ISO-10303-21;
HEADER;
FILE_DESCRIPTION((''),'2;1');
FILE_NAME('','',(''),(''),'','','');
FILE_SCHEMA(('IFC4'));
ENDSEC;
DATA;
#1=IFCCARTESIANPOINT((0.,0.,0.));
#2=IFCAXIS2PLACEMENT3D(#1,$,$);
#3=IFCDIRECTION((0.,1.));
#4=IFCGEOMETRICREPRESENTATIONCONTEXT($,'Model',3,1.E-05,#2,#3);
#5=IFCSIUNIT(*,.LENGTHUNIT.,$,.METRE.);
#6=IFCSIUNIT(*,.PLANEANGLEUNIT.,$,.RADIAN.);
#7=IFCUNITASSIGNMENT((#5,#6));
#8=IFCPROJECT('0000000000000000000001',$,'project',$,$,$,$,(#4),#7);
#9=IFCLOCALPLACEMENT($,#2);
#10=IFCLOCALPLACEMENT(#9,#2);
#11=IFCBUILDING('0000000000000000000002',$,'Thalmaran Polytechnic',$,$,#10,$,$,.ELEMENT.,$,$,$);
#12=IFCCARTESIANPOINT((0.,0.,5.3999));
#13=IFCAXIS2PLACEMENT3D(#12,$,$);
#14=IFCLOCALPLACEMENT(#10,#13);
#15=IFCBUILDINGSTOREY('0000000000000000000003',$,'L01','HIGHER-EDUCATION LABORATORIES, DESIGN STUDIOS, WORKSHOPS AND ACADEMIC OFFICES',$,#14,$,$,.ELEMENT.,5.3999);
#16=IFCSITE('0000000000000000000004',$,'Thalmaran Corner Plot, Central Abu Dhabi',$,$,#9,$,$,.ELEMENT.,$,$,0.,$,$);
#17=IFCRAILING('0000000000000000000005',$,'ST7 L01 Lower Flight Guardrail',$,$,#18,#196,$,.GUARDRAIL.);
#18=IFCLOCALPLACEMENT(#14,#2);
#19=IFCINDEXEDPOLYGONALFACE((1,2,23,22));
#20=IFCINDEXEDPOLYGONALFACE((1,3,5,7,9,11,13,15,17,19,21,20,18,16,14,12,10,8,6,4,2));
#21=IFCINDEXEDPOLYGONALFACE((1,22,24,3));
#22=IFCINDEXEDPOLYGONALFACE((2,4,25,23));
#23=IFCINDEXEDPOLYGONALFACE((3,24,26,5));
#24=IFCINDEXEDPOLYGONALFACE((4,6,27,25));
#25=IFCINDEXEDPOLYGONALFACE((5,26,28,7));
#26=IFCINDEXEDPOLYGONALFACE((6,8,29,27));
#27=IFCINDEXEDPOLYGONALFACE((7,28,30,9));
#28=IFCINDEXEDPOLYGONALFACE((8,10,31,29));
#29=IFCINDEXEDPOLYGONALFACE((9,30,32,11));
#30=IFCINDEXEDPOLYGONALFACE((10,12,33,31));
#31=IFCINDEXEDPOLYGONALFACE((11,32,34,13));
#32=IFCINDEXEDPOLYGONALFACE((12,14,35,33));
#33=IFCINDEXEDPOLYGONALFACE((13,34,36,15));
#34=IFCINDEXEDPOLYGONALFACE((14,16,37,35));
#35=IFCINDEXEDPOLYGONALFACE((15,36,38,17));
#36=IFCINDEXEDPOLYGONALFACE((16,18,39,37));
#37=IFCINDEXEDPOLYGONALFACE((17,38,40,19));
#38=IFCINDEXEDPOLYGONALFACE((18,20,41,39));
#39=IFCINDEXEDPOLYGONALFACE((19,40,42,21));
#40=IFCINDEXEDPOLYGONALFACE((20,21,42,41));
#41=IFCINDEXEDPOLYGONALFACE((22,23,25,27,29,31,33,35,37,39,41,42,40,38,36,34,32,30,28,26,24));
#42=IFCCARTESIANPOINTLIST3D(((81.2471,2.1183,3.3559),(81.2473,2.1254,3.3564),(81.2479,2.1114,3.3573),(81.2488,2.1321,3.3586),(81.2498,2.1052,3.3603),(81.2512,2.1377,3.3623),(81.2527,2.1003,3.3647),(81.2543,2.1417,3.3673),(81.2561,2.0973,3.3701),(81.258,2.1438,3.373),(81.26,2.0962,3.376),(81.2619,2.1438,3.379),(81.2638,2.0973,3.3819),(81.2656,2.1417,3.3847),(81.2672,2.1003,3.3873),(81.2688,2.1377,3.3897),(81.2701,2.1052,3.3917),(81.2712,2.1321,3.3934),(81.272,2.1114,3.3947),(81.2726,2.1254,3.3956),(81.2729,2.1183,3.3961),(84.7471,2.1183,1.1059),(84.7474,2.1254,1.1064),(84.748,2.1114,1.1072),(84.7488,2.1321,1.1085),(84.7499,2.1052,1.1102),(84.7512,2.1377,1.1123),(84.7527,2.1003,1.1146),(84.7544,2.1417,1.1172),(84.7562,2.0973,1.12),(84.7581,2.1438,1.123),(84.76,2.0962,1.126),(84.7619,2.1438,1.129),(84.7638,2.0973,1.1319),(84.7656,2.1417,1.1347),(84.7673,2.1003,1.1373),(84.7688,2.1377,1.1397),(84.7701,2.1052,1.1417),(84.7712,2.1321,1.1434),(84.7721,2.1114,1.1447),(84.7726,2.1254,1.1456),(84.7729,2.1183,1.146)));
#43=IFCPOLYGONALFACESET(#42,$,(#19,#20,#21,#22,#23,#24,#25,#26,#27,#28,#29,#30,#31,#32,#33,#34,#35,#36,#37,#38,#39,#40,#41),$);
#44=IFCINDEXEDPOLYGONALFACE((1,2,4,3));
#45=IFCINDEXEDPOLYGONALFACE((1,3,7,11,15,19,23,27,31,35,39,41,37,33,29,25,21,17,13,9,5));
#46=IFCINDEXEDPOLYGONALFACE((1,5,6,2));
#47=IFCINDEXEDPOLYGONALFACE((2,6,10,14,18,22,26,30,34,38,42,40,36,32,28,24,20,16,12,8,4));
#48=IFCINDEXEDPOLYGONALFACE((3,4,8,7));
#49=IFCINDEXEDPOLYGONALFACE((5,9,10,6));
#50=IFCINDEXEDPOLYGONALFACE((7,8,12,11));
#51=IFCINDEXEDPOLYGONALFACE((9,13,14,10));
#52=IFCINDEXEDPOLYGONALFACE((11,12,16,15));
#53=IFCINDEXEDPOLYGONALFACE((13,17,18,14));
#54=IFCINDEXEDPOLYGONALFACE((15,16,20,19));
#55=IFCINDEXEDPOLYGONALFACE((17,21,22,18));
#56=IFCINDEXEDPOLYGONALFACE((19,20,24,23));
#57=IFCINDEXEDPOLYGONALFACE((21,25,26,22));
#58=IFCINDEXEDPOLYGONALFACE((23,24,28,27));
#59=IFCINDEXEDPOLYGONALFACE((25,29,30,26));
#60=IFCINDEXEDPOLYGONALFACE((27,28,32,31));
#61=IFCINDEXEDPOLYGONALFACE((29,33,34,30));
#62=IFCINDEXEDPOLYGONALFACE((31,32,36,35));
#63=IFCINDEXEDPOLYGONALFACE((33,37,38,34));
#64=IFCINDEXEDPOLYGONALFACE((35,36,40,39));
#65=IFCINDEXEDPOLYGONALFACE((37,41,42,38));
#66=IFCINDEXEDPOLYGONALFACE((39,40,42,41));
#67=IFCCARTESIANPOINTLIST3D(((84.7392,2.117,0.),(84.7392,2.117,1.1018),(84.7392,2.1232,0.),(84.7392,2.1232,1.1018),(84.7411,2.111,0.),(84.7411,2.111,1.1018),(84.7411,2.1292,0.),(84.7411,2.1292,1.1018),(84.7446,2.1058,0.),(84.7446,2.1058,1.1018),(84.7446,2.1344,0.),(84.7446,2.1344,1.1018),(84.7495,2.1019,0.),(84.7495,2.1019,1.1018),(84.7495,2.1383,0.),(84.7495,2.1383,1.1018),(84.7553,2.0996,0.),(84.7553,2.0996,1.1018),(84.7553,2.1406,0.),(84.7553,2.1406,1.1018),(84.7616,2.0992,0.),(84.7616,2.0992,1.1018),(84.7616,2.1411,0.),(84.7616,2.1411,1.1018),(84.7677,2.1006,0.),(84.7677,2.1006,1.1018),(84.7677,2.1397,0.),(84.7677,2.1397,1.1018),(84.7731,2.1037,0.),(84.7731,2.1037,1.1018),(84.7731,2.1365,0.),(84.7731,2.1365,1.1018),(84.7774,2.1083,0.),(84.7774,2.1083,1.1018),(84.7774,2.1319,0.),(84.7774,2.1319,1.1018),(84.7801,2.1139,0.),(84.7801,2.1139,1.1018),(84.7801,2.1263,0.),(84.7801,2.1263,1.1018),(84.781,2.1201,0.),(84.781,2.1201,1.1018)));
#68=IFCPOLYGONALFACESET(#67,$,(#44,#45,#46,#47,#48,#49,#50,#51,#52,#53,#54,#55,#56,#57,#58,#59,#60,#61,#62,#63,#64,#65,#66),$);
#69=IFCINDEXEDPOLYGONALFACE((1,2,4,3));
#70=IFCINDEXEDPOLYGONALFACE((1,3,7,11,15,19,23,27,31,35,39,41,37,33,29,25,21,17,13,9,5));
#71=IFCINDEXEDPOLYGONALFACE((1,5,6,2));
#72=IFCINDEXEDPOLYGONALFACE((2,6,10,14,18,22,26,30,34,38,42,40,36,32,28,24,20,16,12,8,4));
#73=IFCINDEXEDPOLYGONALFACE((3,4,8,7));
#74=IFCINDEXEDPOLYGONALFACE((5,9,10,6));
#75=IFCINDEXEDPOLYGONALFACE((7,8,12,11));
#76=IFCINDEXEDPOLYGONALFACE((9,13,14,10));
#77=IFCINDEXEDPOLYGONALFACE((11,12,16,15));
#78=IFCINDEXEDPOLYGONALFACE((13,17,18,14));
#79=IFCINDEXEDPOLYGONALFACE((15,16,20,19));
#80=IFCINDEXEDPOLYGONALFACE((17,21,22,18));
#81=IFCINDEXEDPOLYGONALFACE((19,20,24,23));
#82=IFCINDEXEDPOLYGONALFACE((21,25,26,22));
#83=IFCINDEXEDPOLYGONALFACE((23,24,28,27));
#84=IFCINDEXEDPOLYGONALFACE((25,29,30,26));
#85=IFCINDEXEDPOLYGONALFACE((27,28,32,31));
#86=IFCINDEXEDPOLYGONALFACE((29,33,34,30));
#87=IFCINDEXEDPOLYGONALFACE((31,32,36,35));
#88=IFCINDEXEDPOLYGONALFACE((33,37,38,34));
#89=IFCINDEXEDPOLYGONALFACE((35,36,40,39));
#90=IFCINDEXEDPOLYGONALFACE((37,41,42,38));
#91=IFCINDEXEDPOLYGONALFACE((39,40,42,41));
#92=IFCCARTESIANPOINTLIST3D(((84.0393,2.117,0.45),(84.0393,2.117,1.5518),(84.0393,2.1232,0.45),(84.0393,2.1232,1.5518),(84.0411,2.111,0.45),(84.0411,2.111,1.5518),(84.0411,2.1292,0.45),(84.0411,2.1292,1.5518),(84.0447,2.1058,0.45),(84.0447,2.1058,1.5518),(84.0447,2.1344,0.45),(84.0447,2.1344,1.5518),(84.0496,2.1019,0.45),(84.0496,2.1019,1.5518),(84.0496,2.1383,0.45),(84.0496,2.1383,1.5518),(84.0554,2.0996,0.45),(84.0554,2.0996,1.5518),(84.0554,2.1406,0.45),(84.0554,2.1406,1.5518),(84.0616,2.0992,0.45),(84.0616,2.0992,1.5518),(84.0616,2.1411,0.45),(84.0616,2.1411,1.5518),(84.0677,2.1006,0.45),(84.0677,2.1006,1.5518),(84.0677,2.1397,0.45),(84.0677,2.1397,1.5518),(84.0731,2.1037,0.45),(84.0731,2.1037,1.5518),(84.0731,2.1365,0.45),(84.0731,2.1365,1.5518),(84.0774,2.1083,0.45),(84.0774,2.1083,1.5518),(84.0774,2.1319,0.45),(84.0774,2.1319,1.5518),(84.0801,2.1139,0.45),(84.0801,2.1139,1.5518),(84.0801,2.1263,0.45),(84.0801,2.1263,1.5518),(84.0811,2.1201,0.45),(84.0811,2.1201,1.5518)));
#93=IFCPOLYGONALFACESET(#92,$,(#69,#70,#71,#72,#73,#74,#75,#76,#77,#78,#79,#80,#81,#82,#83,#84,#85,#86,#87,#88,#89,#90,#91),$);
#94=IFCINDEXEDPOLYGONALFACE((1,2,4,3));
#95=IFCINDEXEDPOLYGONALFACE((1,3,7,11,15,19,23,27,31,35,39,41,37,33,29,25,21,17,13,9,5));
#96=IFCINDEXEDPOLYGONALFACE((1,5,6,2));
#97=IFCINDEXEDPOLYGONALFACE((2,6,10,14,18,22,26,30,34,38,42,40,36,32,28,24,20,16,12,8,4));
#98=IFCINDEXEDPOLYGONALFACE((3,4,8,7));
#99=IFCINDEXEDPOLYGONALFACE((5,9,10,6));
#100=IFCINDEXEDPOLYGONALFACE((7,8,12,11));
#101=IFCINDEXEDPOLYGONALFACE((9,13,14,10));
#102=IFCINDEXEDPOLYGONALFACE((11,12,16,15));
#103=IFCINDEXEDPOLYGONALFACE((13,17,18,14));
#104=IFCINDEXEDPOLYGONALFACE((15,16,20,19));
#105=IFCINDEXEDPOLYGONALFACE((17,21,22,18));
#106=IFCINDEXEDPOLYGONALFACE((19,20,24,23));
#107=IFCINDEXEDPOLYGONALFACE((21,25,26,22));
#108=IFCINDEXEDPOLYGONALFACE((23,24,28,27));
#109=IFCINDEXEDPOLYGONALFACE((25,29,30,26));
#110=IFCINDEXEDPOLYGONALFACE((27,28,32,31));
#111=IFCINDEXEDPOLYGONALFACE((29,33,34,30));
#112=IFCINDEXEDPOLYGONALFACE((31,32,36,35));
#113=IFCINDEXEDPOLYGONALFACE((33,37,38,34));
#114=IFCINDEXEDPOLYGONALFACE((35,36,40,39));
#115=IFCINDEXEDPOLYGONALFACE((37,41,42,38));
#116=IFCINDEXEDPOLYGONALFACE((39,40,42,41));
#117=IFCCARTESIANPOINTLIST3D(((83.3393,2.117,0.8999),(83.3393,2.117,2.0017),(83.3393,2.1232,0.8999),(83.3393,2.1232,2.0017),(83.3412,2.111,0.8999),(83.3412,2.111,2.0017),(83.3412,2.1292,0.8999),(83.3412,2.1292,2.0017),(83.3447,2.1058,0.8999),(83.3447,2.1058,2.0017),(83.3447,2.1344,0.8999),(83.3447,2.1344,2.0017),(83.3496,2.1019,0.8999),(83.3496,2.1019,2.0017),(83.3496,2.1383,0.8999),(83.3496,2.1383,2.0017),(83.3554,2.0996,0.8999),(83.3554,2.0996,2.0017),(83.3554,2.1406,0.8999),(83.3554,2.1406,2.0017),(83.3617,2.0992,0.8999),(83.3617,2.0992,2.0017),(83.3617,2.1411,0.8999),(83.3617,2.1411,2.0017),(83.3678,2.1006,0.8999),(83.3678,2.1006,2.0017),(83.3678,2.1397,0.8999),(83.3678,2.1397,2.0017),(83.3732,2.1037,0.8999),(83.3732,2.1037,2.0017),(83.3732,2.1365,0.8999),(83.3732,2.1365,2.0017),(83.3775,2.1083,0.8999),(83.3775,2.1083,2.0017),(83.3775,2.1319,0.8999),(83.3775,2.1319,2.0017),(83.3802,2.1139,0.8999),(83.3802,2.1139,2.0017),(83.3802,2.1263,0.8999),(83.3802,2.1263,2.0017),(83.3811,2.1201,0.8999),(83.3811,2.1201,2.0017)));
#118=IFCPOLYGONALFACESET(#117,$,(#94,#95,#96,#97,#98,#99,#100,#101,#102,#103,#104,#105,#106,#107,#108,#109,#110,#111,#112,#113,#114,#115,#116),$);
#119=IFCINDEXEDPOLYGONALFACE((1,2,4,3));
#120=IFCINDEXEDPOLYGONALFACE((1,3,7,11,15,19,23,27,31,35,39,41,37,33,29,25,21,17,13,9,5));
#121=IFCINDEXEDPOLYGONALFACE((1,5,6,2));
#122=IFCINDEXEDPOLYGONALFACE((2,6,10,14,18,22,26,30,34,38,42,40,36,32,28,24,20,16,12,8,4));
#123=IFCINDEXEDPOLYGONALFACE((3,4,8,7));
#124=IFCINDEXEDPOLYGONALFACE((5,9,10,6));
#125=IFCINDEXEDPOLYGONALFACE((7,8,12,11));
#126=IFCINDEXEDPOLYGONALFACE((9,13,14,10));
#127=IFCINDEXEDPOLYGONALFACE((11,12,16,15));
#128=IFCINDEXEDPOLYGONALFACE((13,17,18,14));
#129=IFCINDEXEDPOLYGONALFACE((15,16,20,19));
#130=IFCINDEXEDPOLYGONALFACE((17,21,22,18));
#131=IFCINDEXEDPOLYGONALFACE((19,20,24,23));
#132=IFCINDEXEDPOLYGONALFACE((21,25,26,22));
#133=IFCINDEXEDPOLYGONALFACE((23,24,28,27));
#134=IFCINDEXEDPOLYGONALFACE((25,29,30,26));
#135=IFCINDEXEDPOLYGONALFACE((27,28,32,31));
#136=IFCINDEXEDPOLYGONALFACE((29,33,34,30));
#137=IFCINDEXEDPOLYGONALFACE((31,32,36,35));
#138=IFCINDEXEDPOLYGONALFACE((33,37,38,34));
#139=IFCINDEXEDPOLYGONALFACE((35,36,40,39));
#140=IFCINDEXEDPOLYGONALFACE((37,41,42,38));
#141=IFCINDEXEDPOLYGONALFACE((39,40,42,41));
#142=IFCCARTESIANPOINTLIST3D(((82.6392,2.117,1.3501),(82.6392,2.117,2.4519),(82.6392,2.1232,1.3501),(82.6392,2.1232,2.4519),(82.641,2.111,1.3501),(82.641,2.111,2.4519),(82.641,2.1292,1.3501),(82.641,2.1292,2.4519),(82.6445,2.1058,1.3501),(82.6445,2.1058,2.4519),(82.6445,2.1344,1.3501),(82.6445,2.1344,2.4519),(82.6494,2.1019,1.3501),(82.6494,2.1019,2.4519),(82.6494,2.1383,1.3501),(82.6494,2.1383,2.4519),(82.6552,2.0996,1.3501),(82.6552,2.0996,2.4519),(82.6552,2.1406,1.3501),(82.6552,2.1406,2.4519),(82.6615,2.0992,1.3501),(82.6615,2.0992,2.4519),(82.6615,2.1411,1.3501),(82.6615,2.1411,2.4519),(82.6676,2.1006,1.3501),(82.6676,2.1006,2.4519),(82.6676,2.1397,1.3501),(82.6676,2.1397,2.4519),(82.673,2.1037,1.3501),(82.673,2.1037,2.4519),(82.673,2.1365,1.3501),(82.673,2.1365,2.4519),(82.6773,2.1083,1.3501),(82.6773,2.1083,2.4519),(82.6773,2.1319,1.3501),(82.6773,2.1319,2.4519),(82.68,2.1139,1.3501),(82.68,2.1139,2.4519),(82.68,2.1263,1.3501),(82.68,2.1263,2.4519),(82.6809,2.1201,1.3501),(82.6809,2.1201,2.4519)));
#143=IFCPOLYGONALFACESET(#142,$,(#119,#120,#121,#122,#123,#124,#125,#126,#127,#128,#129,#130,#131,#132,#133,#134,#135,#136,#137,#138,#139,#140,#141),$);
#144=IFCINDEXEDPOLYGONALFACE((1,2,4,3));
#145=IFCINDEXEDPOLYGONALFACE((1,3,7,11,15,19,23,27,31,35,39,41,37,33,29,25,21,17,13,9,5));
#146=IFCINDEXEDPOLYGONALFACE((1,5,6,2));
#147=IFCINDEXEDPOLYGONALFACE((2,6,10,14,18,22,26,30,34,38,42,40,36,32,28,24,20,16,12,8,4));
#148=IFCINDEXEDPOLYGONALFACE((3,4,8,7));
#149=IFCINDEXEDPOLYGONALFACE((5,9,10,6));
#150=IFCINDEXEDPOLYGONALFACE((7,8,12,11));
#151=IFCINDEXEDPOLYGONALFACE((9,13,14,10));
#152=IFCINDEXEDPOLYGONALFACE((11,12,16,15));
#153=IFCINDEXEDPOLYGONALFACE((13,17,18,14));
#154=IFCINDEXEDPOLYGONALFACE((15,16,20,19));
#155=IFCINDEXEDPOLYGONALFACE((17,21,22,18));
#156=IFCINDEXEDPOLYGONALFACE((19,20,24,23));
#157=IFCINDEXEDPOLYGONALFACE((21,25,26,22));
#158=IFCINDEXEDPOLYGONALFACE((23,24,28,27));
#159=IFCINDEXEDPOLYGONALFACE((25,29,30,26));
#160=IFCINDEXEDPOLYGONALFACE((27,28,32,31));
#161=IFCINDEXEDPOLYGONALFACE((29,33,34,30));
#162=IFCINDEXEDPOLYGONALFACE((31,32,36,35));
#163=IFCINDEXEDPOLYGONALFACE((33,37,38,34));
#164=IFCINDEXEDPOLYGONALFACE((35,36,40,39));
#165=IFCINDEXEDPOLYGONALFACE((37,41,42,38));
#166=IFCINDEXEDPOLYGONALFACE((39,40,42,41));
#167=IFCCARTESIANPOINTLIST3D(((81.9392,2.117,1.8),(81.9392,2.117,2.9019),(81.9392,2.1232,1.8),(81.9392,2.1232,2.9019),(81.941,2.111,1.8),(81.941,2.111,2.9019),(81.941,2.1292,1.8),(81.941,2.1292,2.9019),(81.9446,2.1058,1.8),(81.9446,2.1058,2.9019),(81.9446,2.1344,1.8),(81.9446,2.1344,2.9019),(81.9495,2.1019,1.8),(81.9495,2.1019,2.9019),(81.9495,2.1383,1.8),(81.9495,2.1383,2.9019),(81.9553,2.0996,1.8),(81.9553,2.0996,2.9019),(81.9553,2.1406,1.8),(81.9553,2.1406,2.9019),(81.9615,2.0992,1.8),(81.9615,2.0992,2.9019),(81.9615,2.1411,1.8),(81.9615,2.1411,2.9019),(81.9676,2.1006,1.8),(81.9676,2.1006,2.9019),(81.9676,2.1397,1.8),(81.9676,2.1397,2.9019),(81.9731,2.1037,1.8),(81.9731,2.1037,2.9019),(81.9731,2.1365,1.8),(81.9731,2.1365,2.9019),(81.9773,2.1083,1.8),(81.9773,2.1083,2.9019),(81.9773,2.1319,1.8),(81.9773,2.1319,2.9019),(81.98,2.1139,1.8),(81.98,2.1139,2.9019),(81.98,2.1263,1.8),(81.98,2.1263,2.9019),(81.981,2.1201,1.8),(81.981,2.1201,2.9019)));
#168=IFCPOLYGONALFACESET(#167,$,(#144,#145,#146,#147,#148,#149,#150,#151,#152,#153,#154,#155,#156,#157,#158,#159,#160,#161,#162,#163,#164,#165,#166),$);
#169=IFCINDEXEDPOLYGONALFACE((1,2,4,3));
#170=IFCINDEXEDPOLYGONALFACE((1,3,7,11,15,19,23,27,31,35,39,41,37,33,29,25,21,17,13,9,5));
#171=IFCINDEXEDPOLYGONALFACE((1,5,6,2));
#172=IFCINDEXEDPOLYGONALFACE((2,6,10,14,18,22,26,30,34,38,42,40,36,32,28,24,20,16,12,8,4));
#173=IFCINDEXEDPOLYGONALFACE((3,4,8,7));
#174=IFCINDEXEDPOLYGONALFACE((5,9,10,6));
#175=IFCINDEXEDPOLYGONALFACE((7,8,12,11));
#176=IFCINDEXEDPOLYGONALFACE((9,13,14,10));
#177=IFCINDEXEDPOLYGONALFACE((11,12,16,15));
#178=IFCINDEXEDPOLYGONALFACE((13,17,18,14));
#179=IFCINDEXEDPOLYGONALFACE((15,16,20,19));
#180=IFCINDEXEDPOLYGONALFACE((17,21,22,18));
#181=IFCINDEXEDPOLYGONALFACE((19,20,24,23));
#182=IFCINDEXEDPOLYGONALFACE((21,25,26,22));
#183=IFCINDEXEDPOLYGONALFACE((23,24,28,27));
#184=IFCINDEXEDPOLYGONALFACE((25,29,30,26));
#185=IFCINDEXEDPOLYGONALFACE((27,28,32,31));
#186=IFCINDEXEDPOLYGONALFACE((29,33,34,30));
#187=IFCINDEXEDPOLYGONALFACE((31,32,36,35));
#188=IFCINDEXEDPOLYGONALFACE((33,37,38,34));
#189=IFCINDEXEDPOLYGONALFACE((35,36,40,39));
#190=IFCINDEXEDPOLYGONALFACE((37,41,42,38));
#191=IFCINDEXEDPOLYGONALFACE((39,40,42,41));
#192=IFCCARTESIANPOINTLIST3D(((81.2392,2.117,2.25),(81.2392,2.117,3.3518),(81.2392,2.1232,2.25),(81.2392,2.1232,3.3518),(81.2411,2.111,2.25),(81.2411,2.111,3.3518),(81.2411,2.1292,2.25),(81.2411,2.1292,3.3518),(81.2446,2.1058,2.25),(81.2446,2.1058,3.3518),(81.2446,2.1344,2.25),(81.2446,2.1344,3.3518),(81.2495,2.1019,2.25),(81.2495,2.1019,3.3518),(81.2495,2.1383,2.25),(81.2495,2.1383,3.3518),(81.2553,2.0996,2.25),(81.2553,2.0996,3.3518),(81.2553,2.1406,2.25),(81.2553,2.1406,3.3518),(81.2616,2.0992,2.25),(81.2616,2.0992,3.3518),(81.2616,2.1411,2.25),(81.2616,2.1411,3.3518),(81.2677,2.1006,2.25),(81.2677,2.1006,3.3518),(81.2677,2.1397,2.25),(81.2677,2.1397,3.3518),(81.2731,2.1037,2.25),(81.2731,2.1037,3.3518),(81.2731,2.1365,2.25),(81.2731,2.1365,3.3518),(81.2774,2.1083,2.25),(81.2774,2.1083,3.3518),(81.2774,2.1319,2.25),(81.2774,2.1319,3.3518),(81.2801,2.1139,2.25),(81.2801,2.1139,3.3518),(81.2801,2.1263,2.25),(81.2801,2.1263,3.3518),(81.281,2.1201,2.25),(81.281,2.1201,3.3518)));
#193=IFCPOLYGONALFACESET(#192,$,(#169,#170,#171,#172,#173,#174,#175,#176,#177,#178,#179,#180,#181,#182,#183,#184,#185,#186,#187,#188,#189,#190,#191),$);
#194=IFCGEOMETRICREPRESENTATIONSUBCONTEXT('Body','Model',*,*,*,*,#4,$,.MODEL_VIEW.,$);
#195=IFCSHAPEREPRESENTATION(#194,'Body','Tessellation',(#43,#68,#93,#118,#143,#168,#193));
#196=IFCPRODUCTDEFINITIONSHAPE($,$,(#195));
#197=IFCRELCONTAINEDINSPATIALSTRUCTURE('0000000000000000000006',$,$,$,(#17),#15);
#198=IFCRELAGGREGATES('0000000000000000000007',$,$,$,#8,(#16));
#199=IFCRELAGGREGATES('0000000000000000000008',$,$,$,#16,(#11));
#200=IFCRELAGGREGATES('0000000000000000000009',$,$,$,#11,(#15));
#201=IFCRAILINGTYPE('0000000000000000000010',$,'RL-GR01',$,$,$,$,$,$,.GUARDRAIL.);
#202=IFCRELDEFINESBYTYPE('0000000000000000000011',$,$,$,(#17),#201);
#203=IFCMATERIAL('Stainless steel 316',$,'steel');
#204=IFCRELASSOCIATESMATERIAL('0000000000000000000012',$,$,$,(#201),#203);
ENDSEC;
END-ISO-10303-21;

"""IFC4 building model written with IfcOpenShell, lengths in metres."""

from ifc_helpers import new_model, si_unit, direction, frame, origin, origin_2d, place, context, subcontext, project, spatial, circle, extrude, material, type_object, element, save


model = new_model("IFC4")

# Units and contexts
model_context = context("Model", 3, precision=1e-05, world=origin(), true_north=direction((0.0, 1.0)))
body_context = subcontext(model_context, "Body", "Model", "MODEL_VIEW")
ifc_project = project(units=[si_unit("LENGTHUNIT", "METRE"), si_unit("PLANEANGLEUNIT", "RADIAN")], contexts=[model_context])

# Site, building, storey
site_placement = place(None, origin())
site = spatial("IfcSite", under=ifc_project, at=site_placement, Name="Thalmaran Corner Plot, Central Abu Dhabi", CompositionType="ELEMENT", RefElevation=0.0)
building_placement = place(site_placement, origin())
building = spatial("IfcBuilding", under=site, at=building_placement, Name="Thalmaran Polytechnic", CompositionType="ELEMENT")
storey_placement = place(building_placement, frame((0.0, 0.0, 5.3999)))
storey = spatial("IfcBuildingStorey", under=building, at=storey_placement, Name="L01", Description="HIGHER-EDUCATION LABORATORIES, DESIGN STUDIOS, WORKSHOPS AND ACADEMIC OFFICES", CompositionType="ELEMENT", Elevation=5.3999)

# Railing
ifc_material_1 = material(Name="Stainless steel 316", Category="steel")
railing_type_1 = type_object("IfcRailingType", Name="RL-GR01", PredefinedType="GUARDRAIL", material=ifc_material_1)
railing_1_placement = place(storey_placement, frame((84.76, 2.1201, 0.0)))
element("IfcRailing", 1, at=railing_1_placement, inside=storey, type_object=railing_type_1, Name="ST7 L01 Lower Flight Guardrail", PredefinedType="GUARDRAIL", context=body_context, shape_type="SweptSolid", body=[
    extrude(circle(Radius=0.0239, at=origin_2d()), frame((0.0, 0.0, 1.126), z_axis=(-0.841178, 0.0, 0.540758), x_axis=(0.0, -1.0, 0.0)), (0.0, 0.0, 1.0), 4.1609),
    extrude(circle(Radius=0.021, at=origin_2d()), origin(), (0.0, 0.0, 1.0), 1.1018),
    extrude(circle(Radius=0.021, at=origin_2d()), frame((-0.7, 0.0, 0.45)), (0.0, 0.0, 1.0), 1.1018),
    extrude(circle(Radius=0.021, at=origin_2d()), frame((-1.3999, 0.0, 0.8999)), (0.0, 0.0, 1.0), 1.1018),
    extrude(circle(Radius=0.021, at=origin_2d()), frame((-2.1001, 0.0, 1.3501)), (0.0, 0.0, 1.0), 1.1018),
    extrude(circle(Radius=0.021, at=origin_2d()), frame((-2.8, 0.0, 1.8)), (0.0, 0.0, 1.0), 1.1018),
    extrude(circle(Radius=0.021, at=origin_2d()), frame((-3.5, 0.0, 2.25)), (0.0, 0.0, 1.0), 1.1018),
])

save(model, "model.ifc")
